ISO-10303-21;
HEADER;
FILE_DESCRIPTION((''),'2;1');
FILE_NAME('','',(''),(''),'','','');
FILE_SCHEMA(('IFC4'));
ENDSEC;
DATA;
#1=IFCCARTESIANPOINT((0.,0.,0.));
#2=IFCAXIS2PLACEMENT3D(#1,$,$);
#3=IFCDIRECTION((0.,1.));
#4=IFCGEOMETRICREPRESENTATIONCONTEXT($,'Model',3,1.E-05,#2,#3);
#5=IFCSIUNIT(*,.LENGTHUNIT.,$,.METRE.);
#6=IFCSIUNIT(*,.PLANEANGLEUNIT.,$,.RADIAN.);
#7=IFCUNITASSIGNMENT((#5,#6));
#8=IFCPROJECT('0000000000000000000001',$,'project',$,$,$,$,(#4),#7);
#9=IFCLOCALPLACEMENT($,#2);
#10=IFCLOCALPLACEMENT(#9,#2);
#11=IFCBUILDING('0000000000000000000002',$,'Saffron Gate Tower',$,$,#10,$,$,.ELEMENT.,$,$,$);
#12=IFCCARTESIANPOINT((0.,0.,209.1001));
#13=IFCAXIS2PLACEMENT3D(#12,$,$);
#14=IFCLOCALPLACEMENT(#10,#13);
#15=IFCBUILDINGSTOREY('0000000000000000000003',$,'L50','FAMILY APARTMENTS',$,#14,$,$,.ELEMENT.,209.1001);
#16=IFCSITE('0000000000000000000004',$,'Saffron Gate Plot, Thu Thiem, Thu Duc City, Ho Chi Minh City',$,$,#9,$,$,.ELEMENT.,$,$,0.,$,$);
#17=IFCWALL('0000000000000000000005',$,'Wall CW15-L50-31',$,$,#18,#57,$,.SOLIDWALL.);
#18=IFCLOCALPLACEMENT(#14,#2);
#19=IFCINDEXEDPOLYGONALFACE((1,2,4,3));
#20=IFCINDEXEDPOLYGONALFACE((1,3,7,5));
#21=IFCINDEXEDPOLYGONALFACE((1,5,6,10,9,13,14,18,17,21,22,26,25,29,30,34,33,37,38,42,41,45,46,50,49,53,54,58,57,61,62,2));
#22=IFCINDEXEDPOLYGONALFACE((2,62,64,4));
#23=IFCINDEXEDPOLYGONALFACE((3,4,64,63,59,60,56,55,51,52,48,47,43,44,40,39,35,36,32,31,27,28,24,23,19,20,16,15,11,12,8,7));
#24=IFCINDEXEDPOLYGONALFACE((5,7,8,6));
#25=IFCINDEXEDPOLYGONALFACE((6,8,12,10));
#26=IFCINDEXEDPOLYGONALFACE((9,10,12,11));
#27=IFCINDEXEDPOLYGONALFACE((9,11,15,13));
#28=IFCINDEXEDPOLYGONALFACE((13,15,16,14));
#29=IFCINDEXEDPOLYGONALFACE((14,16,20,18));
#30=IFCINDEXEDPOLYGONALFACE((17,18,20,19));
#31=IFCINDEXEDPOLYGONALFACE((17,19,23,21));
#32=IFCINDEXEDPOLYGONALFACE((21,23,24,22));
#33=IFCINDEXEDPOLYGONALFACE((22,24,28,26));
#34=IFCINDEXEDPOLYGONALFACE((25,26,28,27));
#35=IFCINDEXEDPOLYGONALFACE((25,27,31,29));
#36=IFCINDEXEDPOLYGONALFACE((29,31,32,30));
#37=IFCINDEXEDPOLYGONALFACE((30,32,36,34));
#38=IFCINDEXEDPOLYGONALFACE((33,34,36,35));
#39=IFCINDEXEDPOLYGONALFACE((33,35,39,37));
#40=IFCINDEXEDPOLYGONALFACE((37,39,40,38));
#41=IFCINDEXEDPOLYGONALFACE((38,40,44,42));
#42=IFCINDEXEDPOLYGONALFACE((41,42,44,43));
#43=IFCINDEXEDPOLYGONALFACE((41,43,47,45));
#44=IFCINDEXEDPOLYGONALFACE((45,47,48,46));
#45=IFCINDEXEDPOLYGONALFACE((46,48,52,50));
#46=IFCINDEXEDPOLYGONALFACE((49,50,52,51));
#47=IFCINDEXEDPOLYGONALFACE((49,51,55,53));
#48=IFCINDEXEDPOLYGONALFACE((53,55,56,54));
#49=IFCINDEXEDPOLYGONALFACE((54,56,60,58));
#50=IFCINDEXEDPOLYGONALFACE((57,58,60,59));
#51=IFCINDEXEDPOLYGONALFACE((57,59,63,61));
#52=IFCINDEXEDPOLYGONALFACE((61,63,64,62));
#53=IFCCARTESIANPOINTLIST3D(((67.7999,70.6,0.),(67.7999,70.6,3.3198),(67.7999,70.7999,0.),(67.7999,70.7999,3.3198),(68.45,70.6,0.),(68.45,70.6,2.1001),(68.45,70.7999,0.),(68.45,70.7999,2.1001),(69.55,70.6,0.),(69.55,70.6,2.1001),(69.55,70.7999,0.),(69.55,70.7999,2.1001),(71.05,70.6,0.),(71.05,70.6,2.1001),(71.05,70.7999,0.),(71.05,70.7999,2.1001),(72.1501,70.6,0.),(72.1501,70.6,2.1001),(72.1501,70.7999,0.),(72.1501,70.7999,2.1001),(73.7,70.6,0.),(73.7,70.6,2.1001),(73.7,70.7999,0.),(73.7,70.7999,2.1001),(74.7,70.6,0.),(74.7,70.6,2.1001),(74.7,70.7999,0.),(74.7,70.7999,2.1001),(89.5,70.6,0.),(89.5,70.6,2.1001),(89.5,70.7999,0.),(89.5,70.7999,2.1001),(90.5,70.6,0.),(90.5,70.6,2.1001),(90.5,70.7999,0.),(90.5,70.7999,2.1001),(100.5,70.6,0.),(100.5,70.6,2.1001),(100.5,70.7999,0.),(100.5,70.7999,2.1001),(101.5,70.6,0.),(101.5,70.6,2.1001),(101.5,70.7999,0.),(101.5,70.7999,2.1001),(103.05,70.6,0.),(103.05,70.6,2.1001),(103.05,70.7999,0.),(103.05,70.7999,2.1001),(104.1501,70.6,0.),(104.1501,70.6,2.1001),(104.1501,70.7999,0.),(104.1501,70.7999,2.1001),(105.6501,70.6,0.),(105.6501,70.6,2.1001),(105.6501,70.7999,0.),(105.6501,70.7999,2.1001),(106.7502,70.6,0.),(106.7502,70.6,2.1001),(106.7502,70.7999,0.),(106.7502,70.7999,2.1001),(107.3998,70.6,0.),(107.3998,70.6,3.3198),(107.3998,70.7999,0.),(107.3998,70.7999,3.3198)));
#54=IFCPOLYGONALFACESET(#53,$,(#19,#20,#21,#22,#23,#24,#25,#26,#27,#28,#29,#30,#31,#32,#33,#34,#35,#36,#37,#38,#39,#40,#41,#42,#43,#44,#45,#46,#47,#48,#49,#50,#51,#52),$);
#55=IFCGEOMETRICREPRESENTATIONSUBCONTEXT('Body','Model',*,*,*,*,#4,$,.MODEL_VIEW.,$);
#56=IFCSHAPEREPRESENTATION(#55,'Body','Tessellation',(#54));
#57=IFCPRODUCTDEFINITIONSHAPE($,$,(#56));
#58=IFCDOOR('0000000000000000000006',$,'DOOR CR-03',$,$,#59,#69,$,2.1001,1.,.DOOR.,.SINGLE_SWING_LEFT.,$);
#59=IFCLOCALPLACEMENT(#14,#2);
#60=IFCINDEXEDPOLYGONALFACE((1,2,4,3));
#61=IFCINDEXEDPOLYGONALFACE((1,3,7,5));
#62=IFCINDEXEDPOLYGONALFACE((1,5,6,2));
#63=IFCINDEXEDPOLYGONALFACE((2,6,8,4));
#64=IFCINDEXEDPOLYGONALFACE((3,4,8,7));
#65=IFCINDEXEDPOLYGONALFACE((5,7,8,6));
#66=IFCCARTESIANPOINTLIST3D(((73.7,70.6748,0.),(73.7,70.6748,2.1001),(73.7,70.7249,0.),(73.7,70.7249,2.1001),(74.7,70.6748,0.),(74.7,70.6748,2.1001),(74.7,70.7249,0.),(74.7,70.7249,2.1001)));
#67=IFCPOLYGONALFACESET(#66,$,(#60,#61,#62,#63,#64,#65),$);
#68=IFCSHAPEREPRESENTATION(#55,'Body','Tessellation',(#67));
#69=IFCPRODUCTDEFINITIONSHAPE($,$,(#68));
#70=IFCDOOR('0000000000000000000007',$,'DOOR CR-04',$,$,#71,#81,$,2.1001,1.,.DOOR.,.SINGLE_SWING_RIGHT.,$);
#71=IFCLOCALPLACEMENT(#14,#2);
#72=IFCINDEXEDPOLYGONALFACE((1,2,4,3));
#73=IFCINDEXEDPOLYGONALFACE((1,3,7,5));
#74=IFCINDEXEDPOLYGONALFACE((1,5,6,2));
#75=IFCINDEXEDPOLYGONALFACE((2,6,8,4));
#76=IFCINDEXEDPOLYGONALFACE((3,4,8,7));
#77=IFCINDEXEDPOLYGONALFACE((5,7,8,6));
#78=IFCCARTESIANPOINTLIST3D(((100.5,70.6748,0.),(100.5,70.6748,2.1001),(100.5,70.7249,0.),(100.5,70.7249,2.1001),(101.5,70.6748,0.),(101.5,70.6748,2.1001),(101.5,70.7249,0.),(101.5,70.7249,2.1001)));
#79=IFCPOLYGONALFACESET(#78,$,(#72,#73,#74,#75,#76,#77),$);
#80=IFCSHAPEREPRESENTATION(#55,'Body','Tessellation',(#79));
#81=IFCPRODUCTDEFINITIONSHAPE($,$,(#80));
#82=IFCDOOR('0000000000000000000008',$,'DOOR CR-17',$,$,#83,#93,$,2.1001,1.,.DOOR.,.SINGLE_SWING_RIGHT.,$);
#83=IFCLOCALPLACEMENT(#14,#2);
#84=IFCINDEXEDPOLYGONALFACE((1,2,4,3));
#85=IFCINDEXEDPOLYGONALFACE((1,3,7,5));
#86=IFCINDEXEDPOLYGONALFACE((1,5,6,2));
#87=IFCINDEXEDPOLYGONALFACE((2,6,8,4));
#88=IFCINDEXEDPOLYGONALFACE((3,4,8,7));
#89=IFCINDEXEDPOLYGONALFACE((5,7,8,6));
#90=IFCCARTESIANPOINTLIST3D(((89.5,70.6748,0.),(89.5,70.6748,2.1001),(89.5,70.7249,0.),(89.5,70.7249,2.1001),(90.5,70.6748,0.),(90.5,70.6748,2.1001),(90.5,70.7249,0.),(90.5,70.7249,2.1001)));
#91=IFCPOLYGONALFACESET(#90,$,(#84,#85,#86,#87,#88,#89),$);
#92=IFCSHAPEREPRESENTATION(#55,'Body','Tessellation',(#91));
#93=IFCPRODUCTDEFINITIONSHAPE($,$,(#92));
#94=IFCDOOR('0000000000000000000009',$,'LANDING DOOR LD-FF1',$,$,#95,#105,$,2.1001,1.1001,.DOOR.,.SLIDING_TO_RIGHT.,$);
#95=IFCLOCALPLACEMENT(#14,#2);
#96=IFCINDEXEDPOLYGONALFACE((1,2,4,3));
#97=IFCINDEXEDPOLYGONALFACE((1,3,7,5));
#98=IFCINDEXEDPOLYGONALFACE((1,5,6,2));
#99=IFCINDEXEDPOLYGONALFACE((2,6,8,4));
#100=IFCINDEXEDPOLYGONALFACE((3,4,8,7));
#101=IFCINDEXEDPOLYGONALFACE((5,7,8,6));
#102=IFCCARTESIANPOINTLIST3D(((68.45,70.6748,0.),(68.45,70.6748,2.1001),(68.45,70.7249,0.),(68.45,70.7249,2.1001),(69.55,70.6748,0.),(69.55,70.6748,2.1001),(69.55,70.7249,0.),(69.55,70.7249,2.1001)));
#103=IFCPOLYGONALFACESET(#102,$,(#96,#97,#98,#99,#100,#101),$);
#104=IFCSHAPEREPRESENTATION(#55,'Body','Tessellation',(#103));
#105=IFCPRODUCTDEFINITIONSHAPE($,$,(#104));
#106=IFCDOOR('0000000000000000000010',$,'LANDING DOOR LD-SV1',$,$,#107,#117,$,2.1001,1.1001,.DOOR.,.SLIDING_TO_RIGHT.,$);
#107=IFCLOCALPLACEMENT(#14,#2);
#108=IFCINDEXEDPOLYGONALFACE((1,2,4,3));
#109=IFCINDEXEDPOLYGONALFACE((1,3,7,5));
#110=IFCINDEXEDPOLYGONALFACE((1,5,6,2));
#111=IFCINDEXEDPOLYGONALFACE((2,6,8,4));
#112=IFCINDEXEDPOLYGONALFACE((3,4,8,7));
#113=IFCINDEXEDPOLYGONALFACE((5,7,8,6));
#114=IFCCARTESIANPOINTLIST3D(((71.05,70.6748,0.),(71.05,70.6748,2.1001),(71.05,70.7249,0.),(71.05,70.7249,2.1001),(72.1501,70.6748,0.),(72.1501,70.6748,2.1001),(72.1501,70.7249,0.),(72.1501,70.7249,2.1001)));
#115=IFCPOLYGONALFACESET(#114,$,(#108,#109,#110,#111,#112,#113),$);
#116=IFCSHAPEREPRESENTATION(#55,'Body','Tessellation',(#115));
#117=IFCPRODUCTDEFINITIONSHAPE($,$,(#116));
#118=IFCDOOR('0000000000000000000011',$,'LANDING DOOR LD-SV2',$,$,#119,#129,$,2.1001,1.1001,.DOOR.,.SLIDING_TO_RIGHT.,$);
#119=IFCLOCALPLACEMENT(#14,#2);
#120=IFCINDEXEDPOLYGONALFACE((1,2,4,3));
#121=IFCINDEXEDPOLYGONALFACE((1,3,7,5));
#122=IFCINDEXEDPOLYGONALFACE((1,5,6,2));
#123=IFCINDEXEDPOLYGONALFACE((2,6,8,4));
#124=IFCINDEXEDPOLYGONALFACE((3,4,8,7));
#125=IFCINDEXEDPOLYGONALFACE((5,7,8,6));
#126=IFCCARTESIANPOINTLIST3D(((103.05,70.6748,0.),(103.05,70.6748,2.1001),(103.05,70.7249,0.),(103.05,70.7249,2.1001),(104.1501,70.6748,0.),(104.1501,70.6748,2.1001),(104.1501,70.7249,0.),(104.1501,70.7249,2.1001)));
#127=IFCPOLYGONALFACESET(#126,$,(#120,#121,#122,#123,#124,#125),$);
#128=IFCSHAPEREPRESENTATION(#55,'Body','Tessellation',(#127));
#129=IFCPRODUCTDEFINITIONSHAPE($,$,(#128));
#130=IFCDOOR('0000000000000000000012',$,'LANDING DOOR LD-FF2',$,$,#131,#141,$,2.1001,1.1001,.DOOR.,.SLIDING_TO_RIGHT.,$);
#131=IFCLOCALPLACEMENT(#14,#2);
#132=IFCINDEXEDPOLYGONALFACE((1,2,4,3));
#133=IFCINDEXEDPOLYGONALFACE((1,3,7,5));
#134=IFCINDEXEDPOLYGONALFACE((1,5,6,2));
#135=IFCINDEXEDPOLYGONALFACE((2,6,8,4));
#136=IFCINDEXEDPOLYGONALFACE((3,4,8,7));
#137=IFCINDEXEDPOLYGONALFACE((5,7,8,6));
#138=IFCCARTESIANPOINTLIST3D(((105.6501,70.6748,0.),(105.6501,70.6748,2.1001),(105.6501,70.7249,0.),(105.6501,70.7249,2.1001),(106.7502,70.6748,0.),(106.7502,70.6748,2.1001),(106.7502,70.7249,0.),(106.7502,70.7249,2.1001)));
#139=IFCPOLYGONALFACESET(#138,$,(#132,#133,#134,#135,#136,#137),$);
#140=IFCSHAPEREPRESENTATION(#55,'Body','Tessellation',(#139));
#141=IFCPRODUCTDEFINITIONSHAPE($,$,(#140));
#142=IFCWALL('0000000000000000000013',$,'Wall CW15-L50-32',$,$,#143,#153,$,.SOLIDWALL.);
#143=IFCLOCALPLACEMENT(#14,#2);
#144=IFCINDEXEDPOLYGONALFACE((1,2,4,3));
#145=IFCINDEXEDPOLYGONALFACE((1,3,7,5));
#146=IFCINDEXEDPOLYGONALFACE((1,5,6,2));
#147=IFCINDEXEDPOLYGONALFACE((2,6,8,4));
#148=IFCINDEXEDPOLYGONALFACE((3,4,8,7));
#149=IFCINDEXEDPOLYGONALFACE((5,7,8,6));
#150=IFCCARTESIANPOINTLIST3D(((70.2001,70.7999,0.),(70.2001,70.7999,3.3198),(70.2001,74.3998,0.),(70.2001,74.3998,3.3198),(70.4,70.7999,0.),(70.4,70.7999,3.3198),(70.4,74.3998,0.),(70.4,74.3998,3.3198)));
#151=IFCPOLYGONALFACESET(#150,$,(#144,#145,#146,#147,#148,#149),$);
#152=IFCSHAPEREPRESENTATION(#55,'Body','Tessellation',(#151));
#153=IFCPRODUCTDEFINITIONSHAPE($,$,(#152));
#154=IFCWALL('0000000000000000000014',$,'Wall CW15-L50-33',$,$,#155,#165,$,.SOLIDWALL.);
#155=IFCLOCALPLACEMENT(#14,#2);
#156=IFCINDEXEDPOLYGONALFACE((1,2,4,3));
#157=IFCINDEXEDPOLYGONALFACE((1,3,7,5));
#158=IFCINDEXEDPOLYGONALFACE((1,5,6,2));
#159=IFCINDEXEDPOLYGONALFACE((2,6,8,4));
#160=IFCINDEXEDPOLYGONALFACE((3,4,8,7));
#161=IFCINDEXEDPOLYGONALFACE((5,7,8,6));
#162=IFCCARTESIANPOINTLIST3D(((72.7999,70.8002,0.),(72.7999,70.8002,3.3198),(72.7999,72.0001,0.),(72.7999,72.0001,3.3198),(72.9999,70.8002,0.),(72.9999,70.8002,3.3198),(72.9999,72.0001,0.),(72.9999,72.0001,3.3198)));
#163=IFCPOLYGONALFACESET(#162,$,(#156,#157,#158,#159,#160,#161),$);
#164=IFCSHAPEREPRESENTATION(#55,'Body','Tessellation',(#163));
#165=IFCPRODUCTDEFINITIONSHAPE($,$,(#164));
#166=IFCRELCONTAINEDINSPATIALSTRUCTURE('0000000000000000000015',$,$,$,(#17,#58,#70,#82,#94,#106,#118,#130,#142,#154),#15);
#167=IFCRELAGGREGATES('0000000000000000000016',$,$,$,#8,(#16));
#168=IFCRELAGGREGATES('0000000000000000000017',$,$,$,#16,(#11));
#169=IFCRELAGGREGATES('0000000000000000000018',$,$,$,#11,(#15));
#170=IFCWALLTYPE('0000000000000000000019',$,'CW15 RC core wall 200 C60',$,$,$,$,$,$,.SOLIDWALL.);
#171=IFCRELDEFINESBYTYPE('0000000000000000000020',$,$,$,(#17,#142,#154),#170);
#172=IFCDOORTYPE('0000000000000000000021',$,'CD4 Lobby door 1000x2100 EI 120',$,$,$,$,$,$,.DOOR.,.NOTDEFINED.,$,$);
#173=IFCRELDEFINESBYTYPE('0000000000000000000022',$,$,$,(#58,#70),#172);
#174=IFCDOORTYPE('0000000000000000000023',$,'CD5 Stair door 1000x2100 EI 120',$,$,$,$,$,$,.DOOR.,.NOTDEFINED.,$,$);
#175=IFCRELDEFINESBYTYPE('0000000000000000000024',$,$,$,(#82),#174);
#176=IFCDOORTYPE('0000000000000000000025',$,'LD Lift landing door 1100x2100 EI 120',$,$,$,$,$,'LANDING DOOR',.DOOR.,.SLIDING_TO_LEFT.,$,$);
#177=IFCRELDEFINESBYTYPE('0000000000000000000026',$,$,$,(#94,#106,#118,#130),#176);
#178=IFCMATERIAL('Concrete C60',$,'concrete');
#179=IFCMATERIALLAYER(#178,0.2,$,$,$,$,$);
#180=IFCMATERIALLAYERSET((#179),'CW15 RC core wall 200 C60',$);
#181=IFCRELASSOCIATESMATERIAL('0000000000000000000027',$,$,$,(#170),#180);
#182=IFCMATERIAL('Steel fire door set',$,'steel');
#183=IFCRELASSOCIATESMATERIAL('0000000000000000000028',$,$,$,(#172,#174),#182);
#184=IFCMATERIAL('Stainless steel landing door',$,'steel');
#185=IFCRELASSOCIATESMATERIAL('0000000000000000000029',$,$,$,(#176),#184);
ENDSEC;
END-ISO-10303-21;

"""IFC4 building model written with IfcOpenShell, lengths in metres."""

from ifc_helpers import new_model, si_unit, direction, frame, frame_2d, origin, place, context, subcontext, project, spatial, rectangle, extrude, material, layer, layer_set, type_object, element, fill, save


model = new_model("IFC4")

# Units and contexts
model_context = context("Model", 3, precision=1e-05, world=origin(), true_north=direction((0.0, 1.0)))
body_context = subcontext(model_context, "Body", "Model", "MODEL_VIEW")
ifc_project = project(units=[si_unit("LENGTHUNIT", "METRE"), si_unit("PLANEANGLEUNIT", "RADIAN")], contexts=[model_context])

# Site, building, storey
site_placement = place(None, origin())
site = spatial("IfcSite", under=ifc_project, at=site_placement, Name="Saffron Gate Plot, Thu Thiem, Thu Duc City, Ho Chi Minh City", CompositionType="ELEMENT", RefElevation=0.0)
building_placement = place(site_placement, origin())
building = spatial("IfcBuilding", under=site, at=building_placement, Name="Saffron Gate Tower", CompositionType="ELEMENT")
storey_placement = place(building_placement, frame((0.0, 0.0, 209.1001)))
storey = spatial("IfcBuildingStorey", under=building, at=storey_placement, Name="L50", Description="FAMILY APARTMENTS", CompositionType="ELEMENT", Elevation=209.1001)

# Wall, openings, doors
ifc_material_1 = material(Name="Concrete C60", Category="concrete")
ifc_layer_1 = layer(ifc_material_1, 0.2)
ifc_layer_set_1 = layer_set([ifc_layer_1], Name="CW15 RC core wall 200 C60")
wall_type_1 = type_object("IfcWallType", Name="CW15 RC core wall 200 C60", PredefinedType="SOLIDWALL", material=ifc_layer_set_1)
wall_1_placement = place(storey_placement, frame((67.8, 70.7, 0.0), z_axis=(0.0, 0.0, 1.0), x_axis=(1.0, 0.0, 0.0)))
wall_1 = element("IfcWall", 1, at=wall_1_placement, inside=storey, type_object=wall_type_1, Name="Wall CW15-L50-31", PredefinedType="SOLIDWALL", context=body_context, shape_type="SweptSolid", body=[
    extrude(rectangle(XDim=39.5999, YDim=0.2, at=frame_2d((19.7998, 0.0))), origin(), (0.0, 0.0, 1.0), 3.3198),
])
opening_1_placement = place(wall_1_placement, frame((0.6499, 0.0, 0.0)))
opening_1 = element("IfcOpeningElement", 2, at=opening_1_placement, cuts=wall_1, PredefinedType="OPENING", context=body_context, shape_type="SweptSolid", body=[
    extrude(rectangle(XDim=1.1001, YDim=2.1001, at=frame_2d((0.55, 1.05))), frame((0.0, 0.1099, 0.0), z_axis=(0.0, -1.0, 0.0), x_axis=(1.0, 0.0, 0.0)), (0.0, 0.0, 1.0), 0.22),
])
opening_2_placement = place(wall_1_placement, frame((3.25, 0.0, 0.0)))
opening_2 = element("IfcOpeningElement", 3, at=opening_2_placement, cuts=wall_1, PredefinedType="OPENING", context=body_context, shape_type="SweptSolid", body=[
    extrude(rectangle(XDim=1.1001, YDim=2.1001, at=frame_2d((0.55, 1.05))), frame((0.0, 0.1099, 0.0), z_axis=(0.0, -1.0, 0.0), x_axis=(1.0, 0.0, 0.0)), (0.0, 0.0, 1.0), 0.22),
])
opening_3_placement = place(wall_1_placement, frame((5.8999, 0.0, 0.0)))
opening_3 = element("IfcOpeningElement", 4, at=opening_3_placement, cuts=wall_1, PredefinedType="OPENING", context=body_context, shape_type="SweptSolid", body=[
    extrude(rectangle(XDim=1.0, YDim=2.1001, at=frame_2d((0.5, 1.05))), frame((0.0, 0.1099, 0.0), z_axis=(0.0, -1.0, 0.0), x_axis=(1.0, 0.0, 0.0)), (0.0, 0.0, 1.0), 0.22),
])
opening_4_placement = place(wall_1_placement, frame((21.7, 0.0, 0.0)))
opening_4 = element("IfcOpeningElement", 5, at=opening_4_placement, cuts=wall_1, PredefinedType="OPENING", context=body_context, shape_type="SweptSolid", body=[
    extrude(rectangle(XDim=1.0, YDim=2.1001, at=frame_2d((0.5, 1.05))), frame((0.0, 0.1099, 0.0), z_axis=(0.0, -1.0, 0.0), x_axis=(1.0, 0.0, 0.0)), (0.0, 0.0, 1.0), 0.22),
])
opening_5_placement = place(wall_1_placement, frame((32.7, 0.0, 0.0)))
opening_5 = element("IfcOpeningElement", 6, at=opening_5_placement, cuts=wall_1, PredefinedType="OPENING", context=body_context, shape_type="SweptSolid", body=[
    extrude(rectangle(XDim=1.0, YDim=2.1001, at=frame_2d((0.5, 1.05))), frame((0.0, 0.1099, 0.0), z_axis=(0.0, -1.0, 0.0), x_axis=(1.0, 0.0, 0.0)), (0.0, 0.0, 1.0), 0.22),
])
opening_6_placement = place(wall_1_placement, frame((35.25, 0.0, 0.0)))
opening_6 = element("IfcOpeningElement", 7, at=opening_6_placement, cuts=wall_1, PredefinedType="OPENING", context=body_context, shape_type="SweptSolid", body=[
    extrude(rectangle(XDim=1.1001, YDim=2.1001, at=frame_2d((0.55, 1.05))), frame((0.0, 0.1099, 0.0), z_axis=(0.0, -1.0, 0.0), x_axis=(1.0, 0.0, 0.0)), (0.0, 0.0, 1.0), 0.22),
])
opening_7_placement = place(wall_1_placement, frame((37.8501, 0.0, 0.0)))
opening_7 = element("IfcOpeningElement", 8, at=opening_7_placement, cuts=wall_1, PredefinedType="OPENING", context=body_context, shape_type="SweptSolid", body=[
    extrude(rectangle(XDim=1.1001, YDim=2.1001, at=frame_2d((0.55, 1.05))), frame((0.0, 0.1099, 0.0), z_axis=(0.0, -1.0, 0.0), x_axis=(1.0, 0.0, 0.0)), (0.0, 0.0, 1.0), 0.22),
])
ifc_material_2 = material(Name="Steel fire door set", Category="steel")
door_type_1 = type_object("IfcDoorType", Name="CD4 Lobby door 1000x2100 EI 120", OperationType="NOTDEFINED", PredefinedType="DOOR", material=ifc_material_2)
door_1_placement = place(opening_3_placement, origin())
door_1 = element("IfcDoor", 9, at=door_1_placement, inside=storey, type_object=door_type_1, Name="DOOR CR-03", OperationType="SINGLE_SWING_LEFT", OverallHeight=2.1001, OverallWidth=1.0, PredefinedType="DOOR", context=body_context, shape_type="SweptSolid", body=[
    extrude(rectangle(XDim=1.0, YDim=2.1001, at=frame_2d((0.5, 1.05))), frame((0.0, 0.0249, 0.0), z_axis=(0.0, -1.0, 0.0), x_axis=(1.0, 0.0, 0.0)), (0.0, 0.0, 1.0), 0.05),
])
fill(opening_3, door_1)
door_2_placement = place(opening_5_placement, origin())
door_2 = element("IfcDoor", 10, at=door_2_placement, inside=storey, type_object=door_type_1, Name="DOOR CR-04", OperationType="SINGLE_SWING_RIGHT", OverallHeight=2.1001, OverallWidth=1.0, PredefinedType="DOOR", context=body_context, shape_type="SweptSolid", body=[
    extrude(rectangle(XDim=1.0, YDim=2.1001, at=frame_2d((0.5, 1.05))), frame((0.0, 0.0249, 0.0), z_axis=(0.0, -1.0, 0.0), x_axis=(1.0, 0.0, 0.0)), (0.0, 0.0, 1.0), 0.05),
])
fill(opening_5, door_2)
door_type_2 = type_object("IfcDoorType", Name="CD5 Stair door 1000x2100 EI 120", OperationType="NOTDEFINED", PredefinedType="DOOR", material=ifc_material_2)
door_3_placement = place(opening_4_placement, origin())
door_3 = element("IfcDoor", 11, at=door_3_placement, inside=storey, type_object=door_type_2, Name="DOOR CR-17", OperationType="SINGLE_SWING_RIGHT", OverallHeight=2.1001, OverallWidth=1.0, PredefinedType="DOOR", context=body_context, shape_type="SweptSolid", body=[
    extrude(rectangle(XDim=1.0, YDim=2.1001, at=frame_2d((0.5, 1.05))), frame((0.0, 0.0249, 0.0), z_axis=(0.0, -1.0, 0.0), x_axis=(1.0, 0.0, 0.0)), (0.0, 0.0, 1.0), 0.05),
])
fill(opening_4, door_3)
ifc_material_3 = material(Name="Stainless steel landing door", Category="steel")
door_type_3 = type_object("IfcDoorType", Name="LD Lift landing door 1100x2100 EI 120", ElementType="LANDING DOOR", OperationType="SLIDING_TO_LEFT", PredefinedType="DOOR", material=ifc_material_3)
door_4_placement = place(opening_1_placement, origin())
door_4 = element("IfcDoor", 12, at=door_4_placement, inside=storey, type_object=door_type_3, Name="LANDING DOOR LD-FF1", OperationType="SLIDING_TO_RIGHT", OverallHeight=2.1001, OverallWidth=1.1001, PredefinedType="DOOR", context=body_context, shape_type="SweptSolid", body=[
    extrude(rectangle(XDim=1.1001, YDim=2.1001, at=frame_2d((0.55, 1.05))), frame((0.0, 0.0249, 0.0), z_axis=(0.0, -1.0, 0.0), x_axis=(1.0, 0.0, 0.0)), (0.0, 0.0, 1.0), 0.05),
])
fill(opening_1, door_4)
door_5_placement = place(opening_2_placement, origin())
door_5 = element("IfcDoor", 13, at=door_5_placement, inside=storey, type_object=door_type_3, Name="LANDING DOOR LD-SV1", OperationType="SLIDING_TO_RIGHT", OverallHeight=2.1001, OverallWidth=1.1001, PredefinedType="DOOR", context=body_context, shape_type="SweptSolid", body=[
    extrude(rectangle(XDim=1.1001, YDim=2.1001, at=frame_2d((0.55, 1.05))), frame((0.0, 0.0249, 0.0), z_axis=(0.0, -1.0, 0.0), x_axis=(1.0, 0.0, 0.0)), (0.0, 0.0, 1.0), 0.05),
])
fill(opening_2, door_5)
door_6_placement = place(opening_6_placement, origin())
door_6 = element("IfcDoor", 14, at=door_6_placement, inside=storey, type_object=door_type_3, Name="LANDING DOOR LD-SV2", OperationType="SLIDING_TO_RIGHT", OverallHeight=2.1001, OverallWidth=1.1001, PredefinedType="DOOR", context=body_context, shape_type="SweptSolid", body=[
    extrude(rectangle(XDim=1.1001, YDim=2.1001, at=frame_2d((0.55, 1.05))), frame((0.0, 0.0249, 0.0), z_axis=(0.0, -1.0, 0.0), x_axis=(1.0, 0.0, 0.0)), (0.0, 0.0, 1.0), 0.05),
])
fill(opening_6, door_6)
door_7_placement = place(opening_7_placement, origin())
door_7 = element("IfcDoor", 15, at=door_7_placement, inside=storey, type_object=door_type_3, Name="LANDING DOOR LD-FF2", OperationType="SLIDING_TO_RIGHT", OverallHeight=2.1001, OverallWidth=1.1001, PredefinedType="DOOR", context=body_context, shape_type="SweptSolid", body=[
    extrude(rectangle(XDim=1.1001, YDim=2.1001, at=frame_2d((0.55, 1.05))), frame((0.0, 0.0249, 0.0), z_axis=(0.0, -1.0, 0.0), x_axis=(1.0, 0.0, 0.0)), (0.0, 0.0, 1.0), 0.05),
])
fill(opening_7, door_7)

# Walls
wall_2_placement = place(storey_placement, frame((70.3, 70.8, 0.0), z_axis=(0.0, 0.0, 1.0), x_axis=(0.0, 1.0, 0.0)))
element("IfcWall", 16, at=wall_2_placement, inside=storey, type_object=wall_type_1, Name="Wall CW15-L50-32", PredefinedType="SOLIDWALL", context=body_context, shape_type="SweptSolid", body=[
    extrude(rectangle(XDim=3.5999, YDim=0.2, at=frame_2d((1.7998, 0.0))), origin(), (0.0, 0.0, 1.0), 3.3198),
])
wall_3_placement = place(storey_placement, frame((72.8999, 70.8, 0.0), z_axis=(0.0, 0.0, 1.0), x_axis=(0.0, 1.0, 0.0)))
element("IfcWall", 17, at=wall_3_placement, inside=storey, type_object=wall_type_1, Name="Wall CW15-L50-33", PredefinedType="SOLIDWALL", context=body_context, shape_type="SweptSolid", body=[
    extrude(rectangle(XDim=1.2, YDim=0.2, at=frame_2d((0.6001, 0.0))), origin(), (0.0, 0.0, 1.0), 3.3198),
])

save(model, "model.ifc")
